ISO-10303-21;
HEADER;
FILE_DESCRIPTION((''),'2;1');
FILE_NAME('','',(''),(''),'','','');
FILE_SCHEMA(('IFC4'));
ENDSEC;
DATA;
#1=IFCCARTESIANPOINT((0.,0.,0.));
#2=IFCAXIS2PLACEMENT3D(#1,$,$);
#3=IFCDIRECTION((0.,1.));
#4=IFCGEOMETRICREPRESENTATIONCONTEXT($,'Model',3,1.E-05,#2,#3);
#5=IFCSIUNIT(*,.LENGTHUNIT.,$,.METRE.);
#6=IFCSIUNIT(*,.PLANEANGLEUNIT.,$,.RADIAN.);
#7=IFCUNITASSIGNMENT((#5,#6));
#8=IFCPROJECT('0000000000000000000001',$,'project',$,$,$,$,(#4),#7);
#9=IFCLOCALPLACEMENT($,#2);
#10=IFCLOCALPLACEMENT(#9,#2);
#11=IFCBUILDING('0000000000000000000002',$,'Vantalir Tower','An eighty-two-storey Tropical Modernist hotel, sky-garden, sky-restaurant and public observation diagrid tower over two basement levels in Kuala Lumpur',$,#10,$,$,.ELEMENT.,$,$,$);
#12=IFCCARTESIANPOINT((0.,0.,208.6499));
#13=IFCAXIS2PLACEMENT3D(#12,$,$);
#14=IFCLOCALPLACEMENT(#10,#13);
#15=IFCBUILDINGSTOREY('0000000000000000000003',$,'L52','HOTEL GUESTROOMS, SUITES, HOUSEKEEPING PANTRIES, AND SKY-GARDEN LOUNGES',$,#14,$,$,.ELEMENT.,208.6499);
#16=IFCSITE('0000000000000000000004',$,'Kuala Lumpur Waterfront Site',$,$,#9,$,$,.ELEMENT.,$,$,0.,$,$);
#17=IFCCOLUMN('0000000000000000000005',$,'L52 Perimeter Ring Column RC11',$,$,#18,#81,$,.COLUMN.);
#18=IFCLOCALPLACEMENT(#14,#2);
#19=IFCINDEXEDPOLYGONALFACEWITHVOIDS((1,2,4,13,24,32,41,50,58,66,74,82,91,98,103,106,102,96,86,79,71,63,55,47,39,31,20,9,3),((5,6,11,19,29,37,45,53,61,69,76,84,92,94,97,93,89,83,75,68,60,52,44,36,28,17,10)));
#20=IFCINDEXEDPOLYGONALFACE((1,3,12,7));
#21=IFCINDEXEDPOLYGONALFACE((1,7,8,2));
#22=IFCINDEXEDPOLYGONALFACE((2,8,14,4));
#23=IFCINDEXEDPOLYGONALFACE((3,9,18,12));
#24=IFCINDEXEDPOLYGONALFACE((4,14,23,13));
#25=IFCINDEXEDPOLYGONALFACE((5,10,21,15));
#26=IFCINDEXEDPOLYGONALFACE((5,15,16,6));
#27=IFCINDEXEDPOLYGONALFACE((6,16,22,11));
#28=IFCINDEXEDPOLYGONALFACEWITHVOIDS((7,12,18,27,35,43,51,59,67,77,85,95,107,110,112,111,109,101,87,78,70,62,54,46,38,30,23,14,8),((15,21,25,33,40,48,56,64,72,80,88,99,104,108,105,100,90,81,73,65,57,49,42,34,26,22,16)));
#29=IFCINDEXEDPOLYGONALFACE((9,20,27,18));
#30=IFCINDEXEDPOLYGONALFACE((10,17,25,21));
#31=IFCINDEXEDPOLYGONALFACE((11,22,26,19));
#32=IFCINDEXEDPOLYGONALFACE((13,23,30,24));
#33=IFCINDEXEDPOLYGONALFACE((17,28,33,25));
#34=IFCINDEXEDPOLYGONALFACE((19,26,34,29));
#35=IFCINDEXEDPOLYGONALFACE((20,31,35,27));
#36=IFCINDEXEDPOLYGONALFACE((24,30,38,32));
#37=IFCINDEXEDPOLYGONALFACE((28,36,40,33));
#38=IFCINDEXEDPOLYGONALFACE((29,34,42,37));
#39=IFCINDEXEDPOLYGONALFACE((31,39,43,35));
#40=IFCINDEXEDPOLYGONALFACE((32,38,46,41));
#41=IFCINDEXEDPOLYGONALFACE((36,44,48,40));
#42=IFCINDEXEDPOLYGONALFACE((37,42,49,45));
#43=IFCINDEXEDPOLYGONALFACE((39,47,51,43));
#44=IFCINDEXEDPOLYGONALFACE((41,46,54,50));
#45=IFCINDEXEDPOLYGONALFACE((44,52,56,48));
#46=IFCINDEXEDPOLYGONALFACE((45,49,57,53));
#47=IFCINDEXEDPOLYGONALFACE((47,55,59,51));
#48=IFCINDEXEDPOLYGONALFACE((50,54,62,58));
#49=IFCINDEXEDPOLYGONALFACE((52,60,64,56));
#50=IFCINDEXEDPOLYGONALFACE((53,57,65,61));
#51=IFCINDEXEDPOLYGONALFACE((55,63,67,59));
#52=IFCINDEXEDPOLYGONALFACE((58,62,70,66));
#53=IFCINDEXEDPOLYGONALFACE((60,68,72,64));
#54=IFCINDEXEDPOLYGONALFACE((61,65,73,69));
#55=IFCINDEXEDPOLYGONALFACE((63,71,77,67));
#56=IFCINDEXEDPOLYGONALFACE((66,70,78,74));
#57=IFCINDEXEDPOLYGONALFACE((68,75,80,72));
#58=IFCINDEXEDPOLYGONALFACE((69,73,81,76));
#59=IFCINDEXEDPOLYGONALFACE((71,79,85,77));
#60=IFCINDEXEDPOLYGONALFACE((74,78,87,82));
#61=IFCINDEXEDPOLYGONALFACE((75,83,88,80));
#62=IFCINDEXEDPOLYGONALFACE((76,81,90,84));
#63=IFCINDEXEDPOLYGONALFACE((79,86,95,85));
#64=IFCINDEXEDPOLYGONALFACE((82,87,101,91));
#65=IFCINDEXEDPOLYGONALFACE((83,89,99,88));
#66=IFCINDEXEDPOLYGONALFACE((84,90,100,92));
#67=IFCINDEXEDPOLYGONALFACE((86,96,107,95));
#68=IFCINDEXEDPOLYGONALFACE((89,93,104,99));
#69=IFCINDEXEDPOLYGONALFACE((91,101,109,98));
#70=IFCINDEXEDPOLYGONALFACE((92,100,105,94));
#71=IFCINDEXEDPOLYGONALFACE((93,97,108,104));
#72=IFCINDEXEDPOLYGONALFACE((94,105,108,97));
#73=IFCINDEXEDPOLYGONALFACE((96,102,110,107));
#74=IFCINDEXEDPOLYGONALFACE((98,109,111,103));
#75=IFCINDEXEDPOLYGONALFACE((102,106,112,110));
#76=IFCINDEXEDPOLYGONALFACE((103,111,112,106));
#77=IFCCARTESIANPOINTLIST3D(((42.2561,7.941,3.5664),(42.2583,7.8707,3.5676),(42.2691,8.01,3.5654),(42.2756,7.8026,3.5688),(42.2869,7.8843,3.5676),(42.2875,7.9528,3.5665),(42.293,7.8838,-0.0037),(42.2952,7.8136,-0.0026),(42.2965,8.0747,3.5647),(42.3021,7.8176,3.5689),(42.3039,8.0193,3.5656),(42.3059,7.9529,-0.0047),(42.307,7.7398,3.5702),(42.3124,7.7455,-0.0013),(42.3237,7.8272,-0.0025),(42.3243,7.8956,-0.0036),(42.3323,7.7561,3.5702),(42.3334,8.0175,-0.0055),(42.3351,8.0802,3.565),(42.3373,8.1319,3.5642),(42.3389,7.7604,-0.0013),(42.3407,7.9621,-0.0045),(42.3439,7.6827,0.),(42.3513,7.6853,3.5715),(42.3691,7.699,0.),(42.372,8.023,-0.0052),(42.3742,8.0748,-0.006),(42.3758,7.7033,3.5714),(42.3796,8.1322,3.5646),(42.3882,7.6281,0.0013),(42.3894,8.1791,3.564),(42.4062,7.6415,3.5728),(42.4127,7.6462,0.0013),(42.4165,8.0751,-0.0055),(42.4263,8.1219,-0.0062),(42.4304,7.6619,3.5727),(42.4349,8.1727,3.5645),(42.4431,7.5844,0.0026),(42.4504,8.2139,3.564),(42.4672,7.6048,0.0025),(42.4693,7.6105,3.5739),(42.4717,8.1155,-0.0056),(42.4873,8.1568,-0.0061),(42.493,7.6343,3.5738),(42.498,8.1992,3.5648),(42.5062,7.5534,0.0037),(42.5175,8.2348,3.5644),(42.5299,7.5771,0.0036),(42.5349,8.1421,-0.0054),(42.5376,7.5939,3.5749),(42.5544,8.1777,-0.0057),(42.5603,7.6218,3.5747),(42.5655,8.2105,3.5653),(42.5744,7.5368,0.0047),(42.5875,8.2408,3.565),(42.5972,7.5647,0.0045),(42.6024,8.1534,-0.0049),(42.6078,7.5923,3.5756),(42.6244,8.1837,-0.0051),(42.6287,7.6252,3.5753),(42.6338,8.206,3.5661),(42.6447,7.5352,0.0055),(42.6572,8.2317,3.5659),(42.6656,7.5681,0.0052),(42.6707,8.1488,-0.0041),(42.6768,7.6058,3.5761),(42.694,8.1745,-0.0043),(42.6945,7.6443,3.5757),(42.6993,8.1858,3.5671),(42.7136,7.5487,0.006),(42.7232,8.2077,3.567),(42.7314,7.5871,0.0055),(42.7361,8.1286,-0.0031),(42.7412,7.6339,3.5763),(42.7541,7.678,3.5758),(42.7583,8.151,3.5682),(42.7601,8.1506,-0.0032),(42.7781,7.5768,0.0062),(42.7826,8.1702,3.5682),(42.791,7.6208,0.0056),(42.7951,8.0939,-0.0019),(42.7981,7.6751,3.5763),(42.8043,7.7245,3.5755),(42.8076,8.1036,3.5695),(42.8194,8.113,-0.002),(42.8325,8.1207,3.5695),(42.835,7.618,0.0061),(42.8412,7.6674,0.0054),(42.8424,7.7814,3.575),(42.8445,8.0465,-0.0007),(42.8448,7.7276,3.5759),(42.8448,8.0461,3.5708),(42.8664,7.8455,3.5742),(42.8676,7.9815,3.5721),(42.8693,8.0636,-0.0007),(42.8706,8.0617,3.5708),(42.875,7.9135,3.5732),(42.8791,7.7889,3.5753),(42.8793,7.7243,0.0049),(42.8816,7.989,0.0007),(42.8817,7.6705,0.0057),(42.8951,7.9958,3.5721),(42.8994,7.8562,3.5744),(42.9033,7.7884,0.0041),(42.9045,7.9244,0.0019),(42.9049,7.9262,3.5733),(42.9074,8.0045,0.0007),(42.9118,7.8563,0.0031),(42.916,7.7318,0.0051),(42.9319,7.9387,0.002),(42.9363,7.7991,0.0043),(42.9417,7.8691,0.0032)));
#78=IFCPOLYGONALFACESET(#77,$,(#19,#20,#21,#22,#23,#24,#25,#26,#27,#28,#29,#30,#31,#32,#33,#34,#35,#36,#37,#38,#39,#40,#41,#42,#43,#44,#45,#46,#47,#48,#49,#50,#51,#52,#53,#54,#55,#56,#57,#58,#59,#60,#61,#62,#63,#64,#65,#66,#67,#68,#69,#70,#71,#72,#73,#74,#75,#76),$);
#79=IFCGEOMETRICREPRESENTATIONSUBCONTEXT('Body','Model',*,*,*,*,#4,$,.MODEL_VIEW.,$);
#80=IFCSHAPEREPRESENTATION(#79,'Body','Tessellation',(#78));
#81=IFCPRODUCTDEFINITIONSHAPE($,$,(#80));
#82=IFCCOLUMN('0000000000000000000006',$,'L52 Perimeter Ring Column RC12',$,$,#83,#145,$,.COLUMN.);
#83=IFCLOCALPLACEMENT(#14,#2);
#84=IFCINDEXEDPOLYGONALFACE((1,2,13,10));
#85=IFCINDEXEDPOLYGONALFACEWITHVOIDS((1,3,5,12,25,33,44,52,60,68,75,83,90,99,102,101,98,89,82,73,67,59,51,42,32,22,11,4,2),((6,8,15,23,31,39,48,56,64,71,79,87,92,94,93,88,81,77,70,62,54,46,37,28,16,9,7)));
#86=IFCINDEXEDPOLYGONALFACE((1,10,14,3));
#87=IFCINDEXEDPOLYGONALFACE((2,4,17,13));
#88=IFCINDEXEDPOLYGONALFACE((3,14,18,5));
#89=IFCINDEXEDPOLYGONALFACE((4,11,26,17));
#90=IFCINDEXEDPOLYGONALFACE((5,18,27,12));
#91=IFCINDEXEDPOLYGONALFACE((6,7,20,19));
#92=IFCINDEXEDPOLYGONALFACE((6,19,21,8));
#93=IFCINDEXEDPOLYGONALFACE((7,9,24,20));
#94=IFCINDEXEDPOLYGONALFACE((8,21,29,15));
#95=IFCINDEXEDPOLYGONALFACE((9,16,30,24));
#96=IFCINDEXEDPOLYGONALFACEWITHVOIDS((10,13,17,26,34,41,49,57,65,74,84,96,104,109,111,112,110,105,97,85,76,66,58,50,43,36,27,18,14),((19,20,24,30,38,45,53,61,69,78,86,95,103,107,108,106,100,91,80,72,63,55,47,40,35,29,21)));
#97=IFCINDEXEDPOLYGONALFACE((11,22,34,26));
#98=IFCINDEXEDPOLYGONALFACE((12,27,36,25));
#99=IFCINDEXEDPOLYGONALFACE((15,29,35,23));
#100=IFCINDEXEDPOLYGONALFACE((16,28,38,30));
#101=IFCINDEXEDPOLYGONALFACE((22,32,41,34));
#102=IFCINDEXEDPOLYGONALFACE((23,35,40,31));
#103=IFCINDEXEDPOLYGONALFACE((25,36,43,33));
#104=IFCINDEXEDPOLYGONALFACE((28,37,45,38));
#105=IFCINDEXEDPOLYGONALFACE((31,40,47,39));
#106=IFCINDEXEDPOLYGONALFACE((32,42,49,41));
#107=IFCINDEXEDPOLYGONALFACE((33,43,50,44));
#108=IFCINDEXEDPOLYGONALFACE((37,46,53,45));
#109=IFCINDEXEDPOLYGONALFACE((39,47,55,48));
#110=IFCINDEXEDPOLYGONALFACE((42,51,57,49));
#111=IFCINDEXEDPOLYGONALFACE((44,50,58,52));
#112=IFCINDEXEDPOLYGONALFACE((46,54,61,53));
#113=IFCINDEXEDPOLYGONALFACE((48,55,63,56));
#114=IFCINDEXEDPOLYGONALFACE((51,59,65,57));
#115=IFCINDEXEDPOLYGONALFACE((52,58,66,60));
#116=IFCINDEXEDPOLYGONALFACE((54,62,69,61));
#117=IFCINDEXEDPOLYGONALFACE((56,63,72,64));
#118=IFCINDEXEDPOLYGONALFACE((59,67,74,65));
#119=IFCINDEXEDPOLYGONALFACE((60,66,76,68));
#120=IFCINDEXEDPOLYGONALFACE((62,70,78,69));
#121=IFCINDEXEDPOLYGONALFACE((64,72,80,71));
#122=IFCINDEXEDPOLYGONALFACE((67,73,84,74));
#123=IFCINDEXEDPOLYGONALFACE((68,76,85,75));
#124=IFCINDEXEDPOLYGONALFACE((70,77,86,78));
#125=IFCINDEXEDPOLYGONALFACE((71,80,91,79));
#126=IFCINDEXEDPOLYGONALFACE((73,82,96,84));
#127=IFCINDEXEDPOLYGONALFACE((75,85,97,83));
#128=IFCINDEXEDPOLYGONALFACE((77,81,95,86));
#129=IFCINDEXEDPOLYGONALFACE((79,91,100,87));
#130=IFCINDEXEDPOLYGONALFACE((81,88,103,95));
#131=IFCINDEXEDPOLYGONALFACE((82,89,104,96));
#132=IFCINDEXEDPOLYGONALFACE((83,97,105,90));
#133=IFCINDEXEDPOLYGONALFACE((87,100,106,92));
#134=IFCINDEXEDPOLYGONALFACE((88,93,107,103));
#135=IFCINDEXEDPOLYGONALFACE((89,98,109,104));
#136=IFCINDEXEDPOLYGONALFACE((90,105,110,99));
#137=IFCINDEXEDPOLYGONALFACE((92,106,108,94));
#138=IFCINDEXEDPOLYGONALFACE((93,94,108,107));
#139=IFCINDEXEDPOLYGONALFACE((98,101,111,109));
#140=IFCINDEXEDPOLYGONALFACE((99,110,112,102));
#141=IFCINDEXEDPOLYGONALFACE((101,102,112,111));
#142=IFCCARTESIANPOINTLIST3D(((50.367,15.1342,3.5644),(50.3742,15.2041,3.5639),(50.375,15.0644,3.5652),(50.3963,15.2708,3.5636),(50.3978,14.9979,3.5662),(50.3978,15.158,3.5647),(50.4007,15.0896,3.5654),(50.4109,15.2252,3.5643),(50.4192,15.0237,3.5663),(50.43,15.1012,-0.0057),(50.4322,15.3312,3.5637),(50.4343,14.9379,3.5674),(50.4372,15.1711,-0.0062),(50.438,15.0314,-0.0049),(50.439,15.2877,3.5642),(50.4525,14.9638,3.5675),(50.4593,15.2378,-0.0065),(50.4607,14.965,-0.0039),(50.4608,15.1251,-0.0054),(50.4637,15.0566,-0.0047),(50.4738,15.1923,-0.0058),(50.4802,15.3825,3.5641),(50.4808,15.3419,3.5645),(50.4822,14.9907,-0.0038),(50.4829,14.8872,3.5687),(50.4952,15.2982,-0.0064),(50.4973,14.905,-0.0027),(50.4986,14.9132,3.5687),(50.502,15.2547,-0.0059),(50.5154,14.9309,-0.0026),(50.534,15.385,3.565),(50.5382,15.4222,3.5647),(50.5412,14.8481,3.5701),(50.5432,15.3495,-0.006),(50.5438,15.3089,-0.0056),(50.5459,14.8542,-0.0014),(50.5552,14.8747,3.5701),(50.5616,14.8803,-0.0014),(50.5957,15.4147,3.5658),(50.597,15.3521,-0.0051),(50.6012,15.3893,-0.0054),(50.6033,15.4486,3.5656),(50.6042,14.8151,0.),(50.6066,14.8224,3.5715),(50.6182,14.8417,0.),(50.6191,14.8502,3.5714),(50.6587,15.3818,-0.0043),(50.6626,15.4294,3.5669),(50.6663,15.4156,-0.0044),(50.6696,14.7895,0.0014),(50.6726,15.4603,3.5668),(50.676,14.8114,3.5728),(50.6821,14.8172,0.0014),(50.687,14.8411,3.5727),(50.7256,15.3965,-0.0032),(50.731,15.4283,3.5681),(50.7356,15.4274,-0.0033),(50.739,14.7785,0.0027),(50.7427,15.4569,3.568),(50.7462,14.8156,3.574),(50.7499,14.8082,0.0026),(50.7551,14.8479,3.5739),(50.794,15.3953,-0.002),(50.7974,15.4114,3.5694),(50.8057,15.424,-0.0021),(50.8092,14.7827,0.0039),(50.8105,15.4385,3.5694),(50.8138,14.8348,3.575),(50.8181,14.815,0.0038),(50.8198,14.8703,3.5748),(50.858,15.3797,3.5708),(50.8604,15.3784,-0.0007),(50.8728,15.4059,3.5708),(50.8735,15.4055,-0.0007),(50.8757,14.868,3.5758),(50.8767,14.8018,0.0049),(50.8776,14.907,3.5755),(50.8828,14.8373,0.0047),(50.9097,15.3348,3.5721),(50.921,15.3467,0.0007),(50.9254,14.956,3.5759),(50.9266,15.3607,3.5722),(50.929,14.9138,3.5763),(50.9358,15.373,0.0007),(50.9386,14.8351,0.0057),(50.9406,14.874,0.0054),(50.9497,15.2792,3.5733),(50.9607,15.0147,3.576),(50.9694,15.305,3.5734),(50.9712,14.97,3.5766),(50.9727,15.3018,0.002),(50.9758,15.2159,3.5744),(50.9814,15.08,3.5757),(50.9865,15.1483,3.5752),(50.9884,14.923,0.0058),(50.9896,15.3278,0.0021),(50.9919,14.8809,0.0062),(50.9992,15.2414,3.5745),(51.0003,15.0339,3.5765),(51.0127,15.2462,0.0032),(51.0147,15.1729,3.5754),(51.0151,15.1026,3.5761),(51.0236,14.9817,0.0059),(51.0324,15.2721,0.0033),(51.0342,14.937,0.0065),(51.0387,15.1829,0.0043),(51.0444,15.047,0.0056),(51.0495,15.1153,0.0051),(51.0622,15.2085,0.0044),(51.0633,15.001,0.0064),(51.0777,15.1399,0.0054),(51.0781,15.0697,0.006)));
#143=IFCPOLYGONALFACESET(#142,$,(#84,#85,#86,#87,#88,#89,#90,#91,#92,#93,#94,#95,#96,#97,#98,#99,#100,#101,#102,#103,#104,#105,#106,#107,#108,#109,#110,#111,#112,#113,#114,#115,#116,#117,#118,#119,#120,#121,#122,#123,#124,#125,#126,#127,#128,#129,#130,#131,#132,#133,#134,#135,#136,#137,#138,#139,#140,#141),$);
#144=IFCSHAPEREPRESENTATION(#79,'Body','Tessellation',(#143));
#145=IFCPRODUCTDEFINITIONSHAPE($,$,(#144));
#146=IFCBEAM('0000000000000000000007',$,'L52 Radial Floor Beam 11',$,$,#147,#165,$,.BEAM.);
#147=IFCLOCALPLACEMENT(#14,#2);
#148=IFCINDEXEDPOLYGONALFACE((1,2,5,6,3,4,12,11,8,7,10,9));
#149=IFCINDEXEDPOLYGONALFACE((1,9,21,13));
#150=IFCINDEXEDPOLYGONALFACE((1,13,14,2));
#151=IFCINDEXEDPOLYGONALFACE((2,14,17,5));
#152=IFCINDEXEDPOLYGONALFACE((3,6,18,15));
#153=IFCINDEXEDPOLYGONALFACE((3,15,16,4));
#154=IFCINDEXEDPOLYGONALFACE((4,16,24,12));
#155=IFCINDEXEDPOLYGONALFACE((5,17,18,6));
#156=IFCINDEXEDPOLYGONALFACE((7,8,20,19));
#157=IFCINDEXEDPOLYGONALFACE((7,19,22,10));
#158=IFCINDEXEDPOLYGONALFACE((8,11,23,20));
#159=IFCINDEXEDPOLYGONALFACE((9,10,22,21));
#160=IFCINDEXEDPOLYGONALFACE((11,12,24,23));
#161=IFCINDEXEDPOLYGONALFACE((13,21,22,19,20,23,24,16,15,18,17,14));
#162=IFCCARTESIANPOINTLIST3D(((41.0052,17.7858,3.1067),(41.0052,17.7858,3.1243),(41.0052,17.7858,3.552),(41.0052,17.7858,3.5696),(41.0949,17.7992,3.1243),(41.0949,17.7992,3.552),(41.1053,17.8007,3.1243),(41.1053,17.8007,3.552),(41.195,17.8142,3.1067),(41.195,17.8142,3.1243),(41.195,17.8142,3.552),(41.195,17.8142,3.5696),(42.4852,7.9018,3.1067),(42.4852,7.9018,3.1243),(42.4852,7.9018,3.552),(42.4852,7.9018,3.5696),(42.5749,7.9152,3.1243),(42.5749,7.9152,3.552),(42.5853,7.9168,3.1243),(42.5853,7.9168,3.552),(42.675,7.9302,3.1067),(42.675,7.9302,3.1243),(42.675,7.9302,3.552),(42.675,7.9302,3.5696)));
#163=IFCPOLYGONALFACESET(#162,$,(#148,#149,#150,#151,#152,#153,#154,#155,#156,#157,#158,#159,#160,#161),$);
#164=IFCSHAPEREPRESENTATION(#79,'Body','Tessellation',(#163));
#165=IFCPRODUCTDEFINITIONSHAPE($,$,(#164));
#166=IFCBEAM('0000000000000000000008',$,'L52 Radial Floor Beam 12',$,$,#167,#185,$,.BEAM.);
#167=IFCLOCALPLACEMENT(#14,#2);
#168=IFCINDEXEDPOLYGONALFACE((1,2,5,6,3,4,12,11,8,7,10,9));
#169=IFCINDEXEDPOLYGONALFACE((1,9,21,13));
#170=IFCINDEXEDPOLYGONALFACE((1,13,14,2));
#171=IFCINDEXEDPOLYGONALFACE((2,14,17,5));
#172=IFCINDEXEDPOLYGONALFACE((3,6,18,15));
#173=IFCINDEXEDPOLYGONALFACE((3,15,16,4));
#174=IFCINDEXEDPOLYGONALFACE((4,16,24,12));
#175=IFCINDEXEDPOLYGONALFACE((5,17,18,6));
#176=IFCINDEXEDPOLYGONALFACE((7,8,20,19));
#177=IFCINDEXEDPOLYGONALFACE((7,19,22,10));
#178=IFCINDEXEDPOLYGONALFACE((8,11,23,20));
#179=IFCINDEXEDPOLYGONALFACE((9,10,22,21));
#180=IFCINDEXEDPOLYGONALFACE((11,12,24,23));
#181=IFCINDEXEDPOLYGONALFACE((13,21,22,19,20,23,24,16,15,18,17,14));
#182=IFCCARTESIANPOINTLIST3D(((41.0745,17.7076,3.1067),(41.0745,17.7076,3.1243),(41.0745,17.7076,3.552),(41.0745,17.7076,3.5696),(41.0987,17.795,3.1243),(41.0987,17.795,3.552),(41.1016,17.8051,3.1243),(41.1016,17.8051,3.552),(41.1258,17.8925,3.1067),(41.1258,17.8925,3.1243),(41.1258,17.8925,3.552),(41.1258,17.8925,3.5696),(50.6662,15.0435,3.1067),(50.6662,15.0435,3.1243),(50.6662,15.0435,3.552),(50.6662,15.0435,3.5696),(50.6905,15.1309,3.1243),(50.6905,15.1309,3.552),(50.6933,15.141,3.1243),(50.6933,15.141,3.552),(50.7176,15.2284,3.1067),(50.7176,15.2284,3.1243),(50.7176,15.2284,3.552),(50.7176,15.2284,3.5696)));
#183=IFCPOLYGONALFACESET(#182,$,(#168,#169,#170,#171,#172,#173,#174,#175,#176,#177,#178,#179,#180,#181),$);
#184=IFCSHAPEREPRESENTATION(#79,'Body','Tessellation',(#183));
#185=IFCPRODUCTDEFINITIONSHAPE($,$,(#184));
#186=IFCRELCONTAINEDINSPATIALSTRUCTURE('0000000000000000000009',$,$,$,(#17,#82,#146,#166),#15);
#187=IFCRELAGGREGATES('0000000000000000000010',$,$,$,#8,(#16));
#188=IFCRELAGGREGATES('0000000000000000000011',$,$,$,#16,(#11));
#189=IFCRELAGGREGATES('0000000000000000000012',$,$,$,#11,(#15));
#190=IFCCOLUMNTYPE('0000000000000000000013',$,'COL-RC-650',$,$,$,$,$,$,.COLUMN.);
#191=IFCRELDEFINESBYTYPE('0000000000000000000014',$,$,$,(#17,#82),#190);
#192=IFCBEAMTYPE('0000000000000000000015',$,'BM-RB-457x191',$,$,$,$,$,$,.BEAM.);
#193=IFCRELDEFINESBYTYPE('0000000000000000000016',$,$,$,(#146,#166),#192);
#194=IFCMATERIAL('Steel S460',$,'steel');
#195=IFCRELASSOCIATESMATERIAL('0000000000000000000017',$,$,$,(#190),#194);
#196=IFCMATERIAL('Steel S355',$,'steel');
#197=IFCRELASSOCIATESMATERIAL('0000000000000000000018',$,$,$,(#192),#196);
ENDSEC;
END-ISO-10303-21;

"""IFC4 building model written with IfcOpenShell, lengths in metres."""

from ifc_helpers import new_model, si_unit, direction, frame, origin, origin_2d, place, context, subcontext, project, spatial, hollow_circle, i_section, extrude, material, material_profile, profile_set, type_object, element, save


model = new_model("IFC4")

# Units and contexts
model_context = context("Model", 3, precision=1e-05, world=origin(), true_north=direction((0.0, 1.0)))
body_context = subcontext(model_context, "Body", "Model", "MODEL_VIEW")
ifc_project = project(units=[si_unit("LENGTHUNIT", "METRE"), si_unit("PLANEANGLEUNIT", "RADIAN")], contexts=[model_context])

# Site, building, storey
site_placement = place(None, origin())
site = spatial("IfcSite", under=ifc_project, at=site_placement, Name="Kuala Lumpur Waterfront Site", CompositionType="ELEMENT", RefElevation=0.0)
building_placement = place(site_placement, origin())
building = spatial("IfcBuilding", under=site, at=building_placement, Name="Vantalir Tower", Description="An eighty-two-storey Tropical Modernist hotel, sky-garden, sky-restaurant and public observation diagrid tower over two basement levels in Kuala Lumpur", CompositionType="ELEMENT")
storey_placement = place(building_placement, frame((0.0, 0.0, 208.6499)))
storey = spatial("IfcBuildingStorey", under=building, at=storey_placement, Name="L52", Description="HOTEL GUESTROOMS, SUITES, HOUSEKEEPING PANTRIES, AND SKY-GARDEN LOUNGES", CompositionType="ELEMENT", Elevation=208.6499)

# Columns
ifc_material_1 = material(Name="Steel S460", Category="steel")
ifc_material_profile_1 = material_profile(ifc_material_1, hollow_circle(Radius=0.325, WallThickness=0.03, at=origin_2d()), Name="Steel S460")
ifc_profile_set_1 = profile_set([ifc_material_profile_1], Name="Steel S460")
column_type = type_object("IfcColumnType", Name="COL-RC-650", PredefinedType="COLUMN", material=ifc_profile_set_1)
for number, where, z_axis, x_axis, name in (
    (1, (42.6169, 7.8589, 0.0), (-0.010324, 0.015999, 0.999819), (-0.840244, -0.542209, 0.0), "L52 Perimeter Ring Column RC11"),
    (2, (50.7549, 15.103, 0.0), (-0.01764, 0.00923, 0.999802), (-0.463622, -0.886033, 0.0), "L52 Perimeter Ring Column RC12"),
):
    element("IfcColumn", number, at=place(storey_placement, frame(where, z_axis=z_axis, x_axis=x_axis)), inside=storey, type_object=column_type, Name=name, PredefinedType="COLUMN", context=body_context, shape_type="SweptSolid", body=[
        extrude(hollow_circle(Radius=0.325, WallThickness=0.03, at=origin_2d()), origin(), (0.0, 0.0, 1.0), 3.5708),
    ])

# Beams
ifc_material_2 = material(Name="Steel S355", Category="steel")
ifc_material_profile_2 = material_profile(ifc_material_2, i_section(OverallWidth=0.1919, OverallDepth=0.4629, WebThickness=0.0105, FlangeThickness=0.0176, at=origin_2d()), Name="Steel S355")
ifc_profile_set_2 = profile_set([ifc_material_profile_2], Name="Steel S355")
beam_type_1 = type_object("IfcBeamType", Name="BM-RB-457x191", PredefinedType="BEAM", material=ifc_profile_set_2)
beam_1_placement = place(storey_placement, frame((42.5801, 7.916, 3.3381), z_axis=(-0.148084, 0.988975, 0.0), x_axis=(-0.988975, -0.148084, 0.0)))
element("IfcBeam", 3, at=beam_1_placement, inside=storey, type_object=beam_type_1, Name="L52 Radial Floor Beam 11", PredefinedType="BEAM", context=body_context, shape_type="SweptSolid", body=[
    extrude(i_section(OverallWidth=0.1919, OverallDepth=0.4629, WebThickness=0.0105, FlangeThickness=0.0176, at=origin_2d()), origin(), (0.0, 0.0, 1.0), 9.9941),
])
beam_2_placement = place(storey_placement, frame((50.6919, 15.136, 3.3381), z_axis=(-0.963526, 0.267614, 0.0), x_axis=(-0.267614, -0.963526, 0.0)))
element("IfcBeam", 4, at=beam_2_placement, inside=storey, type_object=beam_type_1, Name="L52 Radial Floor Beam 12", PredefinedType="BEAM", context=body_context, shape_type="SweptSolid", body=[
    extrude(i_section(OverallWidth=0.1919, OverallDepth=0.4629, WebThickness=0.0105, FlangeThickness=0.0176, at=origin_2d()), origin(), (0.0, 0.0, 1.0), 9.9548),
])

save(model, "model.ifc")
